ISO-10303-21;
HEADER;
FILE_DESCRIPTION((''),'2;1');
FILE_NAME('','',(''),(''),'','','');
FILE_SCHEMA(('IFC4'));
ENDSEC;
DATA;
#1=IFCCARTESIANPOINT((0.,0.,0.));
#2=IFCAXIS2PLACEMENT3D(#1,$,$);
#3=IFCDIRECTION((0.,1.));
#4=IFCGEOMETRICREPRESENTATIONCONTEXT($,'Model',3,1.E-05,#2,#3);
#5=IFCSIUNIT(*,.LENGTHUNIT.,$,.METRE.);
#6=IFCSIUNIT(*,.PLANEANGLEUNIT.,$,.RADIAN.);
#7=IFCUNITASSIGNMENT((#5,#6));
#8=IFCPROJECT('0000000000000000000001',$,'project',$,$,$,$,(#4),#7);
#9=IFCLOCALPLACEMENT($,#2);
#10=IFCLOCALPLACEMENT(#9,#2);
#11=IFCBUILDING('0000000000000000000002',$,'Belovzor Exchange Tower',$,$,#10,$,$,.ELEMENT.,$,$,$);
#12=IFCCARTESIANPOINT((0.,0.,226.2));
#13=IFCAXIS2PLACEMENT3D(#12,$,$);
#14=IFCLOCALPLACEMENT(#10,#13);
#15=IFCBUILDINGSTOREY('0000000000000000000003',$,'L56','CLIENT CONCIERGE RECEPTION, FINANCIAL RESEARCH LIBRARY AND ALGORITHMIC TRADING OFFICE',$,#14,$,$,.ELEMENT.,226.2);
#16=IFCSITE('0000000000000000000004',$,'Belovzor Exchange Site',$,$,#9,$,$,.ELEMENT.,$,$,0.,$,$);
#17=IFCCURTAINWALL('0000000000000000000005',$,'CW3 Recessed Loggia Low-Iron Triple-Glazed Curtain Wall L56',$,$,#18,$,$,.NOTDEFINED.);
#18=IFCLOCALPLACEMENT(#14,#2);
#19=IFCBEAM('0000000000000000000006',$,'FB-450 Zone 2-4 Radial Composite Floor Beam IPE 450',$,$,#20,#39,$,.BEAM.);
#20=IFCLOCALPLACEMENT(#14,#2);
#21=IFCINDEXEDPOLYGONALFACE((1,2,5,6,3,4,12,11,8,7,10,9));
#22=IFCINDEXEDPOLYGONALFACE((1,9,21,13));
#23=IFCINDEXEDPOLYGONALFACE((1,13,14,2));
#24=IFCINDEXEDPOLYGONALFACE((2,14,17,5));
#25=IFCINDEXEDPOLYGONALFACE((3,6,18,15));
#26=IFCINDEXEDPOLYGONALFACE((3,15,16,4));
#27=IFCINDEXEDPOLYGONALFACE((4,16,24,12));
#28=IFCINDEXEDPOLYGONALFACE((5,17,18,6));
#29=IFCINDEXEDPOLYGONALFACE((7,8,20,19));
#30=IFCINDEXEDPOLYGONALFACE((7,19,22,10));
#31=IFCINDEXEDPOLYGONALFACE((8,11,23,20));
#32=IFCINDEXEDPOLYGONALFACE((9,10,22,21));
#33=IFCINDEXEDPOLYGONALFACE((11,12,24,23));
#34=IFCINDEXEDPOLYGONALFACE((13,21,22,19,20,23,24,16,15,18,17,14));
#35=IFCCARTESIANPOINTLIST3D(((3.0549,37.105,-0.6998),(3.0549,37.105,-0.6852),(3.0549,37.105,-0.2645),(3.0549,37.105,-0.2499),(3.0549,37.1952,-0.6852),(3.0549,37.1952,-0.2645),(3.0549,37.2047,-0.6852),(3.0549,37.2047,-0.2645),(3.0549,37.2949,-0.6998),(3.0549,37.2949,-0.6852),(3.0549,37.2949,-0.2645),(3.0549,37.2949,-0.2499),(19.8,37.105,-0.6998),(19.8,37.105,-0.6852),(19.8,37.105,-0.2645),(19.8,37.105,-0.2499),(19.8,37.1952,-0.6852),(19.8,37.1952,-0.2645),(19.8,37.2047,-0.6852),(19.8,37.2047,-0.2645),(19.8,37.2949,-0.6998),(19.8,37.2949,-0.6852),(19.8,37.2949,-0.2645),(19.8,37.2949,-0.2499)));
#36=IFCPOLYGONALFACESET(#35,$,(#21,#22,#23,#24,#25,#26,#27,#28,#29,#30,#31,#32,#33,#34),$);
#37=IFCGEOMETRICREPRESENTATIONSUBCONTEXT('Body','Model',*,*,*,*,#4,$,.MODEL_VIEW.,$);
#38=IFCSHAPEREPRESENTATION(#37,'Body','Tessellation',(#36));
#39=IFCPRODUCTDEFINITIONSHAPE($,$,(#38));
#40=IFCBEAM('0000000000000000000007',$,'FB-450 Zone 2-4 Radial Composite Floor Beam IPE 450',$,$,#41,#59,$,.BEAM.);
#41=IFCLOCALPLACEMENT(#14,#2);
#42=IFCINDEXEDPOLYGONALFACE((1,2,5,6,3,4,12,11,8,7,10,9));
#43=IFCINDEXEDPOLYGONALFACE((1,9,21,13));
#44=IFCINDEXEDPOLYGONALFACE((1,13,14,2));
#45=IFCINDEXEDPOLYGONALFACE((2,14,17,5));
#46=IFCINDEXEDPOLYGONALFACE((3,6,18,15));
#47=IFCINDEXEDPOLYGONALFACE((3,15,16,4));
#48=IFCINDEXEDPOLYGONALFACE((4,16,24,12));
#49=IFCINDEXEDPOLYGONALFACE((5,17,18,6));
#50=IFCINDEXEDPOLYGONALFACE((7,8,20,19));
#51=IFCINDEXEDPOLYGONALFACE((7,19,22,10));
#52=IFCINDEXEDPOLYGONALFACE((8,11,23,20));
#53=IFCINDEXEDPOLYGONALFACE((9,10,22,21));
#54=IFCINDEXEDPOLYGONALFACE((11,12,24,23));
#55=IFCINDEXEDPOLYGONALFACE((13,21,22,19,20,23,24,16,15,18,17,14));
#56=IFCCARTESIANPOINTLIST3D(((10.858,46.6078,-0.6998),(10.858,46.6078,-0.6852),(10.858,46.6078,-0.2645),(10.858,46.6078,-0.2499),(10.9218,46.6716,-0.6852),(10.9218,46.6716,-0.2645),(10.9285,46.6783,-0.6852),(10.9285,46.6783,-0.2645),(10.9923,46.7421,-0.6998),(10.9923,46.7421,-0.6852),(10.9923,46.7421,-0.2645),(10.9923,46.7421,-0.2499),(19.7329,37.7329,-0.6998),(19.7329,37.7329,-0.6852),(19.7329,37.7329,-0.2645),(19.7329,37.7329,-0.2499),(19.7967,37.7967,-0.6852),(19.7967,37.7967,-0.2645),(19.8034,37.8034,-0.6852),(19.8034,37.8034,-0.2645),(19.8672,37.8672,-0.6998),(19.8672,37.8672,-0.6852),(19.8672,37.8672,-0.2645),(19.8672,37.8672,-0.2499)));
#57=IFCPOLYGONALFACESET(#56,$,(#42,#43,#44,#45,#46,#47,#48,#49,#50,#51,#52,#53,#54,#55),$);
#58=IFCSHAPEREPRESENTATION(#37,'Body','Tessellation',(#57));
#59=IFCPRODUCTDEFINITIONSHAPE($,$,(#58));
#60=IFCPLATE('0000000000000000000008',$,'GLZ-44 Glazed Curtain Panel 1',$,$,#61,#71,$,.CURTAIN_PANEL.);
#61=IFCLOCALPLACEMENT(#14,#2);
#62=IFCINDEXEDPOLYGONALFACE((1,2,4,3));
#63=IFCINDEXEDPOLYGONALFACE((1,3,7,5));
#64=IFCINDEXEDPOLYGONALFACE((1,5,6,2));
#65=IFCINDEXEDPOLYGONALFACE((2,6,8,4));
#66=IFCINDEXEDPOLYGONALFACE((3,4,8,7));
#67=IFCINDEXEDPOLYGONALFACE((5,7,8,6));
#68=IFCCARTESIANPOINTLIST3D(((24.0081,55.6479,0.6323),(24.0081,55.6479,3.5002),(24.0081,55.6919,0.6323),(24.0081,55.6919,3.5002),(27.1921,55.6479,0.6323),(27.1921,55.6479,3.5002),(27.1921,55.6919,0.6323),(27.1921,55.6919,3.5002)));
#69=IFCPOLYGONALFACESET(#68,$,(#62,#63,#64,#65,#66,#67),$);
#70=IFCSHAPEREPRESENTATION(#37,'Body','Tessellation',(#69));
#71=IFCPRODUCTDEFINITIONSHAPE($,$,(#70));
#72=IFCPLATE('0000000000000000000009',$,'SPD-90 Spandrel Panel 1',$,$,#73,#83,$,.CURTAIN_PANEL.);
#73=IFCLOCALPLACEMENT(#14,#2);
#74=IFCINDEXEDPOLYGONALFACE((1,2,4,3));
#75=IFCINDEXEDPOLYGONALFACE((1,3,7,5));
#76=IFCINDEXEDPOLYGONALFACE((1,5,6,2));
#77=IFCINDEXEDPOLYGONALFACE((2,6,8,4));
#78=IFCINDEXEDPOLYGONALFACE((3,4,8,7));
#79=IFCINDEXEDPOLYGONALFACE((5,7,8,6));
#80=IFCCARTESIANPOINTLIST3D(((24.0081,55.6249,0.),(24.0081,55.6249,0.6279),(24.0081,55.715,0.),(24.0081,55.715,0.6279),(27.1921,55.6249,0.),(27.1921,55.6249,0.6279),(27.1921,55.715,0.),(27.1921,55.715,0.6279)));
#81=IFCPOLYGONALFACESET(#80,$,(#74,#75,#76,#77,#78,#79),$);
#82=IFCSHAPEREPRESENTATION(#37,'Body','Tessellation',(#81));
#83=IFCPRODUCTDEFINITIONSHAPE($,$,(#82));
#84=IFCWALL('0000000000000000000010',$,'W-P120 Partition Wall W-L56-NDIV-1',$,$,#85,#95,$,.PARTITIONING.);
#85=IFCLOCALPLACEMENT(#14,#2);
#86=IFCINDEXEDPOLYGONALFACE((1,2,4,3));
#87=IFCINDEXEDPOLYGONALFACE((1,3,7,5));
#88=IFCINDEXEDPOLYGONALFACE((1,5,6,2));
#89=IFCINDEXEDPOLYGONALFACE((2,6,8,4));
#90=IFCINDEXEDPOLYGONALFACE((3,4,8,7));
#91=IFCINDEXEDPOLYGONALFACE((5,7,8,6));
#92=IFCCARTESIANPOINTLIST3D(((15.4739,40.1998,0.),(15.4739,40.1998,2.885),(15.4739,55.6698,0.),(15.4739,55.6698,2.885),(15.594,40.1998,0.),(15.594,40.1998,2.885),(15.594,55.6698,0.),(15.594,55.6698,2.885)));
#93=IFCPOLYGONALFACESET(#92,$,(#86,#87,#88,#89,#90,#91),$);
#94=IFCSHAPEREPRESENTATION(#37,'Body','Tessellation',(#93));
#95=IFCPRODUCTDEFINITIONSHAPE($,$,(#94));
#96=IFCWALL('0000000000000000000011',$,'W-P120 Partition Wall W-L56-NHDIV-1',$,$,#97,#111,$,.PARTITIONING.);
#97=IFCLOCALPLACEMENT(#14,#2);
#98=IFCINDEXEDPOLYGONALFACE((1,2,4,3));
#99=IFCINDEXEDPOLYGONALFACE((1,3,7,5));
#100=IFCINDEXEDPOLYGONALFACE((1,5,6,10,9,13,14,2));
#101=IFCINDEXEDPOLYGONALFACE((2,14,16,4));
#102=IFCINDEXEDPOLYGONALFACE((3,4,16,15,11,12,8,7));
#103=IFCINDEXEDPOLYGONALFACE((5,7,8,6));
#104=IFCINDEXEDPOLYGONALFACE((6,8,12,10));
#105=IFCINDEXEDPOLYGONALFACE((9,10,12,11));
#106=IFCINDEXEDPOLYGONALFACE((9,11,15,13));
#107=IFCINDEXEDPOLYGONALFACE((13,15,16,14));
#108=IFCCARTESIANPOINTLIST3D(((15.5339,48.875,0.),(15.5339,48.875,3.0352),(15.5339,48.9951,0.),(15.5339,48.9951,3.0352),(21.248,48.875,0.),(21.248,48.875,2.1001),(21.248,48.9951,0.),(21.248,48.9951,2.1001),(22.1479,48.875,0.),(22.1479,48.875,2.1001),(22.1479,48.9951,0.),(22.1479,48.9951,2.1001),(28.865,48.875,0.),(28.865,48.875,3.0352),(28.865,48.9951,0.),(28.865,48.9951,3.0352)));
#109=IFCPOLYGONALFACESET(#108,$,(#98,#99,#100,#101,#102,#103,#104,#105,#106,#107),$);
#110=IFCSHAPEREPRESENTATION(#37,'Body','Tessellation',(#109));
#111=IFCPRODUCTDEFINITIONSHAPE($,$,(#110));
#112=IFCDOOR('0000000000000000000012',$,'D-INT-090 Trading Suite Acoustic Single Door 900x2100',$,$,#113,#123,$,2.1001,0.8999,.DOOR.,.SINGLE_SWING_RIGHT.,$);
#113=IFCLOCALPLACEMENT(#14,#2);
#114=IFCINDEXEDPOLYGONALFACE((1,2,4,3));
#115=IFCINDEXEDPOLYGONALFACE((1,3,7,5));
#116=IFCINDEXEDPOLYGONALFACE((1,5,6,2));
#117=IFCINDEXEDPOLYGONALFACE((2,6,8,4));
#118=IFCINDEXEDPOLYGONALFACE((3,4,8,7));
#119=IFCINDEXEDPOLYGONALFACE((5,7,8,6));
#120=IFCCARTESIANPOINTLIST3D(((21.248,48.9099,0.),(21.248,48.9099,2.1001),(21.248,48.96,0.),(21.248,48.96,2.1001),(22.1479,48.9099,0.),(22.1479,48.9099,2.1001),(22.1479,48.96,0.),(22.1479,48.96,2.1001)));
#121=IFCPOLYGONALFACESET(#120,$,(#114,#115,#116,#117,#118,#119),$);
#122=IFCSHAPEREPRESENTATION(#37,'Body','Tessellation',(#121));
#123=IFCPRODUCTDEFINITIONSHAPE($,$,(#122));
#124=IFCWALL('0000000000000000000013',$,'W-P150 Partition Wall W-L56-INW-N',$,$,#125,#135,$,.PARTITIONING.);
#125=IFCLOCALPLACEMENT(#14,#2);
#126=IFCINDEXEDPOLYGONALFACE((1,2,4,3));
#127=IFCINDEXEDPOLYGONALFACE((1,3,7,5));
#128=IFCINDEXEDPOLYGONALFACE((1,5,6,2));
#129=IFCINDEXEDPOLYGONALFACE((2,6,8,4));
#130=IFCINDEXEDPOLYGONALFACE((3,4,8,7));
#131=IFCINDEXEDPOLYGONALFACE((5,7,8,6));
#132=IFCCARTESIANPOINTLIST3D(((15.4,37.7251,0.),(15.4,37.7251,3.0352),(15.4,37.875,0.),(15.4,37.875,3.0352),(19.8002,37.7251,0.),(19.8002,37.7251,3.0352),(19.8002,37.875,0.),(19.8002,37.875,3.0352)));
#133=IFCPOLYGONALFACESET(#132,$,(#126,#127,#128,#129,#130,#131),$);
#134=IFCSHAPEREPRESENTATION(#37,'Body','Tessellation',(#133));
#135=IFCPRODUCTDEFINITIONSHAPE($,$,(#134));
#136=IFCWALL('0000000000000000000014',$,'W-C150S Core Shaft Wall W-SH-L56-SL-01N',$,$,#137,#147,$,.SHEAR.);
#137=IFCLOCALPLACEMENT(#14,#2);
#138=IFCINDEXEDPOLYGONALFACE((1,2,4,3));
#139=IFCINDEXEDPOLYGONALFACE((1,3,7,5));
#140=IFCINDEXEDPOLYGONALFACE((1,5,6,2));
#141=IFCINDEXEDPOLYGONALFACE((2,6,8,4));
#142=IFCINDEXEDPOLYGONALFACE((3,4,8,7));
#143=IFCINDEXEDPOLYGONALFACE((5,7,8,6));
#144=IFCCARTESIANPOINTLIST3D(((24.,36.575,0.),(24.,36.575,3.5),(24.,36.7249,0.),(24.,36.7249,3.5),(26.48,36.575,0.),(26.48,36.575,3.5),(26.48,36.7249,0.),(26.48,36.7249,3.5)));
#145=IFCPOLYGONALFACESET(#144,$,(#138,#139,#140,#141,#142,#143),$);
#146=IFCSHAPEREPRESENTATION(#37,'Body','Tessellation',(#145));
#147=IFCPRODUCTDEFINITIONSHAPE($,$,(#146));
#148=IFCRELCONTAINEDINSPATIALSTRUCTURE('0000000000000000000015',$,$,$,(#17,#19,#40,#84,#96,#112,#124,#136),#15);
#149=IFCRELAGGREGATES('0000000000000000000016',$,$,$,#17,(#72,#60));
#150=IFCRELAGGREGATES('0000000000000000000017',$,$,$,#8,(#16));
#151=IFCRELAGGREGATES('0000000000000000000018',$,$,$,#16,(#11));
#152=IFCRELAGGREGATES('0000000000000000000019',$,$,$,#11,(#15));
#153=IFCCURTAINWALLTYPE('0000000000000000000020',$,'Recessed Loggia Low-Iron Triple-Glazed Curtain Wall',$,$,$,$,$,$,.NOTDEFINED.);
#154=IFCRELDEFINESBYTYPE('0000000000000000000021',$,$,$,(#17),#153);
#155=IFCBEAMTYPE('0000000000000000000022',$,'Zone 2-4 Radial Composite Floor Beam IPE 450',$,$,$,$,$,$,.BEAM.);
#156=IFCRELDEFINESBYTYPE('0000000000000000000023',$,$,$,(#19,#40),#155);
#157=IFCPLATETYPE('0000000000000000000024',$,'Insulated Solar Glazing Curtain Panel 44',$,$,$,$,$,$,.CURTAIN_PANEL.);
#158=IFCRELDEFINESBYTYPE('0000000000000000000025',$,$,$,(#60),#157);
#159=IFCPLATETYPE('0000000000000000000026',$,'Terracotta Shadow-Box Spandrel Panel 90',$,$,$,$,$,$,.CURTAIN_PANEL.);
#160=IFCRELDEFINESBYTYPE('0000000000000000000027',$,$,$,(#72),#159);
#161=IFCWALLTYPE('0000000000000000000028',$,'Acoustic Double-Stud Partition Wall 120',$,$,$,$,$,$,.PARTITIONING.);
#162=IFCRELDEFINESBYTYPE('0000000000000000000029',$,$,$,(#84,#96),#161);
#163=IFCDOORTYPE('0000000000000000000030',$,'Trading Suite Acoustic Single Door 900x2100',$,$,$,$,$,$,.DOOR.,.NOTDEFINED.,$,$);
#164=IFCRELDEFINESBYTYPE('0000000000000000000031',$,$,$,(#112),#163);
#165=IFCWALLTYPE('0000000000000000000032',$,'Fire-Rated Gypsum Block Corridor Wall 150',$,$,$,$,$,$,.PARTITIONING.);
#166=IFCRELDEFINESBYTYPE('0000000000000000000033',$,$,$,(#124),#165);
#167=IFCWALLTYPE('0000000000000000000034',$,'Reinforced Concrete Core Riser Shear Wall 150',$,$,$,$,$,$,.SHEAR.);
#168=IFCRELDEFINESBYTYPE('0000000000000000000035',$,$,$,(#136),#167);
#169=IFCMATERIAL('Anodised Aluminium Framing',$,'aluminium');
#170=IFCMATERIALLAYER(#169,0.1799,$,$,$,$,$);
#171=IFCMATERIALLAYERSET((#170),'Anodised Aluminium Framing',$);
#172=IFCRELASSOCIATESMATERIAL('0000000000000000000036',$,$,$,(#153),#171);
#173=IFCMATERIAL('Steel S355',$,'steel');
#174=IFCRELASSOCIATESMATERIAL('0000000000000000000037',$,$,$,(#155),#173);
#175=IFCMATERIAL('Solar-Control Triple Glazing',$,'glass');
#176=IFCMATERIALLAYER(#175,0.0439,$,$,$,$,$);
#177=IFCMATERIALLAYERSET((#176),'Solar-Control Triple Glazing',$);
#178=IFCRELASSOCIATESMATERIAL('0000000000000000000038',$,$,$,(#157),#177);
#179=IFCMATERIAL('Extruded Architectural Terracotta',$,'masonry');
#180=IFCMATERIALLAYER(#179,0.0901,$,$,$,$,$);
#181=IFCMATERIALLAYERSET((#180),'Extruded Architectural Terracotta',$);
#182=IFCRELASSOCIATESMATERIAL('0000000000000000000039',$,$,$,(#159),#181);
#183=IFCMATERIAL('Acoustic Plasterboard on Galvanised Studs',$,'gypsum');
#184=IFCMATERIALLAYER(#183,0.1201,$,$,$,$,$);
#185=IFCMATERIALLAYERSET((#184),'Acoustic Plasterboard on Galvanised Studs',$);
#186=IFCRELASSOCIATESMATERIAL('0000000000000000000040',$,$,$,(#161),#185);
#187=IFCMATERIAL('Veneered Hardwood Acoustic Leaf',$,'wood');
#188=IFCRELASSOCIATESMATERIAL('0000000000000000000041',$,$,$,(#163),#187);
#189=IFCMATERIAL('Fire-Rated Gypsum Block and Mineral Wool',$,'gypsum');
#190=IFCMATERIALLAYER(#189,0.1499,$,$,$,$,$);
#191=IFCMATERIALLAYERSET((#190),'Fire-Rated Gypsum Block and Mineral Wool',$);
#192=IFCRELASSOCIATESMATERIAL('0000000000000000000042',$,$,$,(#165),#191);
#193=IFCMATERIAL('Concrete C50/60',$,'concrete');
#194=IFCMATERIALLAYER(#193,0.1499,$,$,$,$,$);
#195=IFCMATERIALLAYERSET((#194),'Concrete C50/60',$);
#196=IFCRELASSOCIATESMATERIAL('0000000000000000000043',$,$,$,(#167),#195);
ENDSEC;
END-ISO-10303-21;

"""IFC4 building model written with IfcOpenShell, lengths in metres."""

from ifc_helpers import new_model, si_unit, direction, frame, frame_2d, origin, origin_2d, place, context, subcontext, project, spatial, rectangle, i_section, extrude, material, layer, layer_set, material_profile, profile_set, type_object, element, fill, aggregate, save


model = new_model("IFC4")

# Units and contexts
model_context = context("Model", 3, precision=1e-05, world=origin(), true_north=direction((0.0, 1.0)))
body_context = subcontext(model_context, "Body", "Model", "MODEL_VIEW")
ifc_project = project(units=[si_unit("LENGTHUNIT", "METRE"), si_unit("PLANEANGLEUNIT", "RADIAN")], contexts=[model_context])

# Site, building, storey
site_placement = place(None, origin())
site = spatial("IfcSite", under=ifc_project, at=site_placement, Name="Belovzor Exchange Site", CompositionType="ELEMENT", RefElevation=0.0)
building_placement = place(site_placement, origin())
building = spatial("IfcBuilding", under=site, at=building_placement, Name="Belovzor Exchange Tower", CompositionType="ELEMENT")
storey_placement = place(building_placement, frame((0.0, 0.0, 226.2)))
storey = spatial("IfcBuildingStorey", under=building, at=storey_placement, Name="L56", Description="CLIENT CONCIERGE RECEPTION, FINANCIAL RESEARCH LIBRARY AND ALGORITHMIC TRADING OFFICE", CompositionType="ELEMENT", Elevation=226.2)

# Curtain wall
ifc_material_1 = material(Name="Anodised Aluminium Framing", Category="aluminium")
ifc_layer_1 = layer(ifc_material_1, 0.1799)
ifc_layer_set_1 = layer_set([ifc_layer_1], Name="Anodised Aluminium Framing")
curtain_wall_type = type_object("IfcCurtainWallType", Name="Recessed Loggia Low-Iron Triple-Glazed Curtain Wall", PredefinedType="NOTDEFINED", material=ifc_layer_set_1)
curtain_wall_placement = place(storey_placement, origin())
curtain_wall = element("IfcCurtainWall", 1, at=curtain_wall_placement, inside=storey, type_object=curtain_wall_type, Name="CW3 Recessed Loggia Low-Iron Triple-Glazed Curtain Wall L56", PredefinedType="NOTDEFINED")

# Beams
ifc_material_2 = material(Name="Steel S355", Category="steel")
ifc_material_profile_1 = material_profile(ifc_material_2, i_section(OverallWidth=0.1899, OverallDepth=0.45, WebThickness=0.0095, FlangeThickness=0.0146, at=origin_2d()))
ifc_profile_set_1 = profile_set([ifc_material_profile_1], Name="Steel S355")
beam_type_1 = type_object("IfcBeamType", Name="Zone 2-4 Radial Composite Floor Beam IPE 450", PredefinedType="BEAM", material=ifc_profile_set_1)
beam_1_placement = place(storey_placement, frame((19.8, 37.2, -0.4749), z_axis=(-1.0, 0.0, 0.0), x_axis=(0.0, -1.0, 0.0)))
element("IfcBeam", 2, at=beam_1_placement, inside=storey, type_object=beam_type_1, Name="FB-450 Zone 2-4 Radial Composite Floor Beam IPE 450", PredefinedType="BEAM", context=body_context, shape_type="SweptSolid", body=[
    extrude(i_section(OverallWidth=0.1899, OverallDepth=0.45, WebThickness=0.0095, FlangeThickness=0.0146, at=origin_2d()), origin(), (0.0, 0.0, 1.0), 16.7451),
])
beam_2_placement = place(storey_placement, frame((19.8, 37.8, -0.4749), z_axis=(-0.707107, 0.707107, 0.0), x_axis=(-0.707107, -0.707107, 0.0)))
element("IfcBeam", 3, at=beam_2_placement, inside=storey, type_object=beam_type_1, Name="FB-450 Zone 2-4 Radial Composite Floor Beam IPE 450", PredefinedType="BEAM", context=body_context, shape_type="SweptSolid", body=[
    extrude(i_section(OverallWidth=0.1899, OverallDepth=0.45, WebThickness=0.0095, FlangeThickness=0.0146, at=origin_2d()), origin(), (0.0, 0.0, 1.0), 12.551),
])

# Plates
ifc_material_3 = material(Name="Solar-Control Triple Glazing", Category="glass")
ifc_layer_2 = layer(ifc_material_3, 0.0439)
ifc_layer_set_2 = layer_set([ifc_layer_2], Name="Solar-Control Triple Glazing")
plate_type_1 = type_object("IfcPlateType", Name="Insulated Solar Glazing Curtain Panel 44", PredefinedType="CURTAIN_PANEL", material=ifc_layer_set_2)
plate_1_placement = place(storey_placement, frame((25.6001, 55.6699, 0.6323), z_axis=(0.0, 0.0, 1.0), x_axis=(1.0, 0.0, 0.0)))
plate_1 = element("IfcPlate", 4, at=plate_1_placement, type_object=plate_type_1, Name="GLZ-44 Glazed Curtain Panel 1", PredefinedType="CURTAIN_PANEL", context=body_context, shape_type="SweptSolid", body=[
    extrude(rectangle(XDim=3.1841, YDim=0.0439, at=origin_2d()), origin(), (0.0, 0.0, 1.0), 2.8679),
])
ifc_material_4 = material(Name="Extruded Architectural Terracotta", Category="masonry")
ifc_layer_3 = layer(ifc_material_4, 0.0901)
ifc_layer_set_3 = layer_set([ifc_layer_3], Name="Extruded Architectural Terracotta")
plate_type_2 = type_object("IfcPlateType", Name="Terracotta Shadow-Box Spandrel Panel 90", PredefinedType="CURTAIN_PANEL", material=ifc_layer_set_3)
plate_2_placement = place(storey_placement, frame((25.6001, 55.6699, 0.0), z_axis=(0.0, 0.0, 1.0), x_axis=(1.0, 0.0, 0.0)))
plate_2 = element("IfcPlate", 5, at=plate_2_placement, type_object=plate_type_2, Name="SPD-90 Spandrel Panel 1", PredefinedType="CURTAIN_PANEL", context=body_context, shape_type="SweptSolid", body=[
    extrude(rectangle(XDim=3.1841, YDim=0.0901, at=origin_2d()), origin(), (0.0, 0.0, 1.0), 0.6279),
])
aggregate(curtain_wall, [plate_2, plate_1])

# Wall
ifc_material_5 = material(Name="Acoustic Plasterboard on Galvanised Studs", Category="gypsum")
ifc_layer_4 = layer(ifc_material_5, 0.1201)
ifc_layer_set_4 = layer_set([ifc_layer_4], Name="Acoustic Plasterboard on Galvanised Studs")
wall_type_1 = type_object("IfcWallType", Name="Acoustic Double-Stud Partition Wall 120", PredefinedType="PARTITIONING", material=ifc_layer_set_4)
wall_1_placement = place(storey_placement, frame((15.5339, 40.2, 0.0), z_axis=(0.0, 0.0, 1.0), x_axis=(0.0, 1.0, 0.0)))
element("IfcWall", 6, at=wall_1_placement, inside=storey, type_object=wall_type_1, Name="W-P120 Partition Wall W-L56-NDIV-1", PredefinedType="PARTITIONING", context=body_context, shape_type="SweptSolid", body=[
    extrude(rectangle(XDim=15.47, YDim=0.1201, at=frame_2d((7.7349, 0.0))), origin(), (0.0, 0.0, 1.0), 2.885),
])

# Wall, opening, door
wall_2_placement = place(storey_placement, frame((15.5339, 48.9351, 0.0), z_axis=(0.0, 0.0, 1.0), x_axis=(1.0, 0.0, 0.0)))
wall_2 = element("IfcWall", 7, at=wall_2_placement, inside=storey, type_object=wall_type_1, Name="W-P120 Partition Wall W-L56-NHDIV-1", PredefinedType="PARTITIONING", context=body_context, shape_type="SweptSolid", body=[
    extrude(rectangle(XDim=13.3311, YDim=0.1201, at=frame_2d((6.6655, 0.0))), origin(), (0.0, 0.0, 1.0), 3.0352),
])
opening_1_placement = place(wall_2_placement, frame((5.7141, 0.0, 0.0)))
opening_1 = element("IfcOpeningElement", 8, at=opening_1_placement, cuts=wall_2, PredefinedType="OPENING", context=body_context, shape_type="SweptSolid", body=[
    extrude(rectangle(XDim=0.8999, YDim=2.1001, at=frame_2d((0.45, 1.05))), frame((0.0, 0.0701, 0.0), z_axis=(0.0, -1.0, 0.0), x_axis=(1.0, 0.0, 0.0)), (0.0, 0.0, 1.0), 0.1401),
])
ifc_material_6 = material(Name="Veneered Hardwood Acoustic Leaf", Category="wood")
door_type_1 = type_object("IfcDoorType", Name="Trading Suite Acoustic Single Door 900x2100", OperationType="NOTDEFINED", PredefinedType="DOOR", material=ifc_material_6)
door_1_placement = place(opening_1_placement, origin())
door_1 = element("IfcDoor", 9, at=door_1_placement, inside=storey, type_object=door_type_1, Name="D-INT-090 Trading Suite Acoustic Single Door 900x2100", OperationType="SINGLE_SWING_RIGHT", OverallHeight=2.1001, OverallWidth=0.8999, PredefinedType="DOOR", context=body_context, shape_type="SweptSolid", body=[
    extrude(rectangle(XDim=0.8999, YDim=2.1001, at=frame_2d((0.45, 1.05))), frame((0.0, 0.0249, 0.0), z_axis=(0.0, -1.0, 0.0), x_axis=(1.0, 0.0, 0.0)), (0.0, 0.0, 1.0), 0.05),
])
fill(opening_1, door_1)

# Walls
ifc_material_7 = material(Name="Fire-Rated Gypsum Block and Mineral Wool", Category="gypsum")
ifc_layer_5 = layer(ifc_material_7, 0.1499)
ifc_layer_set_5 = layer_set([ifc_layer_5], Name="Fire-Rated Gypsum Block and Mineral Wool")
wall_type_2 = type_object("IfcWallType", Name="Fire-Rated Gypsum Block Corridor Wall 150", PredefinedType="PARTITIONING", material=ifc_layer_set_5)
wall_3_placement = place(storey_placement, frame((15.3999, 37.8, 0.0), z_axis=(0.0, 0.0, 1.0), x_axis=(1.0, 0.0, 0.0)))
element("IfcWall", 10, at=wall_3_placement, inside=storey, type_object=wall_type_2, Name="W-P150 Partition Wall W-L56-INW-N", PredefinedType="PARTITIONING", context=body_context, shape_type="SweptSolid", body=[
    extrude(rectangle(XDim=4.4001, YDim=0.1499, at=frame_2d((2.2002, 0.0))), origin(), (0.0, 0.0, 1.0), 3.0352),
])
ifc_material_8 = material(Name="Concrete C50/60", Category="concrete")
ifc_layer_6 = layer(ifc_material_8, 0.1499)
ifc_layer_set_6 = layer_set([ifc_layer_6], Name="Concrete C50/60")
wall_type_3 = type_object("IfcWallType", Name="Reinforced Concrete Core Riser Shear Wall 150", PredefinedType="SHEAR", material=ifc_layer_set_6)
wall_4_placement = place(storey_placement, frame((24.0, 36.6499, 0.0), z_axis=(0.0, 0.0, 1.0), x_axis=(1.0, 0.0, 0.0)))
element("IfcWall", 11, at=wall_4_placement, inside=storey, type_object=wall_type_3, Name="W-C150S Core Shaft Wall W-SH-L56-SL-01N", PredefinedType="SHEAR", context=body_context, shape_type="SweptSolid", body=[
    extrude(rectangle(XDim=2.48, YDim=0.1499, at=frame_2d((1.24, 0.0))), origin(), (0.0, 0.0, 1.0), 3.5),
])

save(model, "model.ifc")
